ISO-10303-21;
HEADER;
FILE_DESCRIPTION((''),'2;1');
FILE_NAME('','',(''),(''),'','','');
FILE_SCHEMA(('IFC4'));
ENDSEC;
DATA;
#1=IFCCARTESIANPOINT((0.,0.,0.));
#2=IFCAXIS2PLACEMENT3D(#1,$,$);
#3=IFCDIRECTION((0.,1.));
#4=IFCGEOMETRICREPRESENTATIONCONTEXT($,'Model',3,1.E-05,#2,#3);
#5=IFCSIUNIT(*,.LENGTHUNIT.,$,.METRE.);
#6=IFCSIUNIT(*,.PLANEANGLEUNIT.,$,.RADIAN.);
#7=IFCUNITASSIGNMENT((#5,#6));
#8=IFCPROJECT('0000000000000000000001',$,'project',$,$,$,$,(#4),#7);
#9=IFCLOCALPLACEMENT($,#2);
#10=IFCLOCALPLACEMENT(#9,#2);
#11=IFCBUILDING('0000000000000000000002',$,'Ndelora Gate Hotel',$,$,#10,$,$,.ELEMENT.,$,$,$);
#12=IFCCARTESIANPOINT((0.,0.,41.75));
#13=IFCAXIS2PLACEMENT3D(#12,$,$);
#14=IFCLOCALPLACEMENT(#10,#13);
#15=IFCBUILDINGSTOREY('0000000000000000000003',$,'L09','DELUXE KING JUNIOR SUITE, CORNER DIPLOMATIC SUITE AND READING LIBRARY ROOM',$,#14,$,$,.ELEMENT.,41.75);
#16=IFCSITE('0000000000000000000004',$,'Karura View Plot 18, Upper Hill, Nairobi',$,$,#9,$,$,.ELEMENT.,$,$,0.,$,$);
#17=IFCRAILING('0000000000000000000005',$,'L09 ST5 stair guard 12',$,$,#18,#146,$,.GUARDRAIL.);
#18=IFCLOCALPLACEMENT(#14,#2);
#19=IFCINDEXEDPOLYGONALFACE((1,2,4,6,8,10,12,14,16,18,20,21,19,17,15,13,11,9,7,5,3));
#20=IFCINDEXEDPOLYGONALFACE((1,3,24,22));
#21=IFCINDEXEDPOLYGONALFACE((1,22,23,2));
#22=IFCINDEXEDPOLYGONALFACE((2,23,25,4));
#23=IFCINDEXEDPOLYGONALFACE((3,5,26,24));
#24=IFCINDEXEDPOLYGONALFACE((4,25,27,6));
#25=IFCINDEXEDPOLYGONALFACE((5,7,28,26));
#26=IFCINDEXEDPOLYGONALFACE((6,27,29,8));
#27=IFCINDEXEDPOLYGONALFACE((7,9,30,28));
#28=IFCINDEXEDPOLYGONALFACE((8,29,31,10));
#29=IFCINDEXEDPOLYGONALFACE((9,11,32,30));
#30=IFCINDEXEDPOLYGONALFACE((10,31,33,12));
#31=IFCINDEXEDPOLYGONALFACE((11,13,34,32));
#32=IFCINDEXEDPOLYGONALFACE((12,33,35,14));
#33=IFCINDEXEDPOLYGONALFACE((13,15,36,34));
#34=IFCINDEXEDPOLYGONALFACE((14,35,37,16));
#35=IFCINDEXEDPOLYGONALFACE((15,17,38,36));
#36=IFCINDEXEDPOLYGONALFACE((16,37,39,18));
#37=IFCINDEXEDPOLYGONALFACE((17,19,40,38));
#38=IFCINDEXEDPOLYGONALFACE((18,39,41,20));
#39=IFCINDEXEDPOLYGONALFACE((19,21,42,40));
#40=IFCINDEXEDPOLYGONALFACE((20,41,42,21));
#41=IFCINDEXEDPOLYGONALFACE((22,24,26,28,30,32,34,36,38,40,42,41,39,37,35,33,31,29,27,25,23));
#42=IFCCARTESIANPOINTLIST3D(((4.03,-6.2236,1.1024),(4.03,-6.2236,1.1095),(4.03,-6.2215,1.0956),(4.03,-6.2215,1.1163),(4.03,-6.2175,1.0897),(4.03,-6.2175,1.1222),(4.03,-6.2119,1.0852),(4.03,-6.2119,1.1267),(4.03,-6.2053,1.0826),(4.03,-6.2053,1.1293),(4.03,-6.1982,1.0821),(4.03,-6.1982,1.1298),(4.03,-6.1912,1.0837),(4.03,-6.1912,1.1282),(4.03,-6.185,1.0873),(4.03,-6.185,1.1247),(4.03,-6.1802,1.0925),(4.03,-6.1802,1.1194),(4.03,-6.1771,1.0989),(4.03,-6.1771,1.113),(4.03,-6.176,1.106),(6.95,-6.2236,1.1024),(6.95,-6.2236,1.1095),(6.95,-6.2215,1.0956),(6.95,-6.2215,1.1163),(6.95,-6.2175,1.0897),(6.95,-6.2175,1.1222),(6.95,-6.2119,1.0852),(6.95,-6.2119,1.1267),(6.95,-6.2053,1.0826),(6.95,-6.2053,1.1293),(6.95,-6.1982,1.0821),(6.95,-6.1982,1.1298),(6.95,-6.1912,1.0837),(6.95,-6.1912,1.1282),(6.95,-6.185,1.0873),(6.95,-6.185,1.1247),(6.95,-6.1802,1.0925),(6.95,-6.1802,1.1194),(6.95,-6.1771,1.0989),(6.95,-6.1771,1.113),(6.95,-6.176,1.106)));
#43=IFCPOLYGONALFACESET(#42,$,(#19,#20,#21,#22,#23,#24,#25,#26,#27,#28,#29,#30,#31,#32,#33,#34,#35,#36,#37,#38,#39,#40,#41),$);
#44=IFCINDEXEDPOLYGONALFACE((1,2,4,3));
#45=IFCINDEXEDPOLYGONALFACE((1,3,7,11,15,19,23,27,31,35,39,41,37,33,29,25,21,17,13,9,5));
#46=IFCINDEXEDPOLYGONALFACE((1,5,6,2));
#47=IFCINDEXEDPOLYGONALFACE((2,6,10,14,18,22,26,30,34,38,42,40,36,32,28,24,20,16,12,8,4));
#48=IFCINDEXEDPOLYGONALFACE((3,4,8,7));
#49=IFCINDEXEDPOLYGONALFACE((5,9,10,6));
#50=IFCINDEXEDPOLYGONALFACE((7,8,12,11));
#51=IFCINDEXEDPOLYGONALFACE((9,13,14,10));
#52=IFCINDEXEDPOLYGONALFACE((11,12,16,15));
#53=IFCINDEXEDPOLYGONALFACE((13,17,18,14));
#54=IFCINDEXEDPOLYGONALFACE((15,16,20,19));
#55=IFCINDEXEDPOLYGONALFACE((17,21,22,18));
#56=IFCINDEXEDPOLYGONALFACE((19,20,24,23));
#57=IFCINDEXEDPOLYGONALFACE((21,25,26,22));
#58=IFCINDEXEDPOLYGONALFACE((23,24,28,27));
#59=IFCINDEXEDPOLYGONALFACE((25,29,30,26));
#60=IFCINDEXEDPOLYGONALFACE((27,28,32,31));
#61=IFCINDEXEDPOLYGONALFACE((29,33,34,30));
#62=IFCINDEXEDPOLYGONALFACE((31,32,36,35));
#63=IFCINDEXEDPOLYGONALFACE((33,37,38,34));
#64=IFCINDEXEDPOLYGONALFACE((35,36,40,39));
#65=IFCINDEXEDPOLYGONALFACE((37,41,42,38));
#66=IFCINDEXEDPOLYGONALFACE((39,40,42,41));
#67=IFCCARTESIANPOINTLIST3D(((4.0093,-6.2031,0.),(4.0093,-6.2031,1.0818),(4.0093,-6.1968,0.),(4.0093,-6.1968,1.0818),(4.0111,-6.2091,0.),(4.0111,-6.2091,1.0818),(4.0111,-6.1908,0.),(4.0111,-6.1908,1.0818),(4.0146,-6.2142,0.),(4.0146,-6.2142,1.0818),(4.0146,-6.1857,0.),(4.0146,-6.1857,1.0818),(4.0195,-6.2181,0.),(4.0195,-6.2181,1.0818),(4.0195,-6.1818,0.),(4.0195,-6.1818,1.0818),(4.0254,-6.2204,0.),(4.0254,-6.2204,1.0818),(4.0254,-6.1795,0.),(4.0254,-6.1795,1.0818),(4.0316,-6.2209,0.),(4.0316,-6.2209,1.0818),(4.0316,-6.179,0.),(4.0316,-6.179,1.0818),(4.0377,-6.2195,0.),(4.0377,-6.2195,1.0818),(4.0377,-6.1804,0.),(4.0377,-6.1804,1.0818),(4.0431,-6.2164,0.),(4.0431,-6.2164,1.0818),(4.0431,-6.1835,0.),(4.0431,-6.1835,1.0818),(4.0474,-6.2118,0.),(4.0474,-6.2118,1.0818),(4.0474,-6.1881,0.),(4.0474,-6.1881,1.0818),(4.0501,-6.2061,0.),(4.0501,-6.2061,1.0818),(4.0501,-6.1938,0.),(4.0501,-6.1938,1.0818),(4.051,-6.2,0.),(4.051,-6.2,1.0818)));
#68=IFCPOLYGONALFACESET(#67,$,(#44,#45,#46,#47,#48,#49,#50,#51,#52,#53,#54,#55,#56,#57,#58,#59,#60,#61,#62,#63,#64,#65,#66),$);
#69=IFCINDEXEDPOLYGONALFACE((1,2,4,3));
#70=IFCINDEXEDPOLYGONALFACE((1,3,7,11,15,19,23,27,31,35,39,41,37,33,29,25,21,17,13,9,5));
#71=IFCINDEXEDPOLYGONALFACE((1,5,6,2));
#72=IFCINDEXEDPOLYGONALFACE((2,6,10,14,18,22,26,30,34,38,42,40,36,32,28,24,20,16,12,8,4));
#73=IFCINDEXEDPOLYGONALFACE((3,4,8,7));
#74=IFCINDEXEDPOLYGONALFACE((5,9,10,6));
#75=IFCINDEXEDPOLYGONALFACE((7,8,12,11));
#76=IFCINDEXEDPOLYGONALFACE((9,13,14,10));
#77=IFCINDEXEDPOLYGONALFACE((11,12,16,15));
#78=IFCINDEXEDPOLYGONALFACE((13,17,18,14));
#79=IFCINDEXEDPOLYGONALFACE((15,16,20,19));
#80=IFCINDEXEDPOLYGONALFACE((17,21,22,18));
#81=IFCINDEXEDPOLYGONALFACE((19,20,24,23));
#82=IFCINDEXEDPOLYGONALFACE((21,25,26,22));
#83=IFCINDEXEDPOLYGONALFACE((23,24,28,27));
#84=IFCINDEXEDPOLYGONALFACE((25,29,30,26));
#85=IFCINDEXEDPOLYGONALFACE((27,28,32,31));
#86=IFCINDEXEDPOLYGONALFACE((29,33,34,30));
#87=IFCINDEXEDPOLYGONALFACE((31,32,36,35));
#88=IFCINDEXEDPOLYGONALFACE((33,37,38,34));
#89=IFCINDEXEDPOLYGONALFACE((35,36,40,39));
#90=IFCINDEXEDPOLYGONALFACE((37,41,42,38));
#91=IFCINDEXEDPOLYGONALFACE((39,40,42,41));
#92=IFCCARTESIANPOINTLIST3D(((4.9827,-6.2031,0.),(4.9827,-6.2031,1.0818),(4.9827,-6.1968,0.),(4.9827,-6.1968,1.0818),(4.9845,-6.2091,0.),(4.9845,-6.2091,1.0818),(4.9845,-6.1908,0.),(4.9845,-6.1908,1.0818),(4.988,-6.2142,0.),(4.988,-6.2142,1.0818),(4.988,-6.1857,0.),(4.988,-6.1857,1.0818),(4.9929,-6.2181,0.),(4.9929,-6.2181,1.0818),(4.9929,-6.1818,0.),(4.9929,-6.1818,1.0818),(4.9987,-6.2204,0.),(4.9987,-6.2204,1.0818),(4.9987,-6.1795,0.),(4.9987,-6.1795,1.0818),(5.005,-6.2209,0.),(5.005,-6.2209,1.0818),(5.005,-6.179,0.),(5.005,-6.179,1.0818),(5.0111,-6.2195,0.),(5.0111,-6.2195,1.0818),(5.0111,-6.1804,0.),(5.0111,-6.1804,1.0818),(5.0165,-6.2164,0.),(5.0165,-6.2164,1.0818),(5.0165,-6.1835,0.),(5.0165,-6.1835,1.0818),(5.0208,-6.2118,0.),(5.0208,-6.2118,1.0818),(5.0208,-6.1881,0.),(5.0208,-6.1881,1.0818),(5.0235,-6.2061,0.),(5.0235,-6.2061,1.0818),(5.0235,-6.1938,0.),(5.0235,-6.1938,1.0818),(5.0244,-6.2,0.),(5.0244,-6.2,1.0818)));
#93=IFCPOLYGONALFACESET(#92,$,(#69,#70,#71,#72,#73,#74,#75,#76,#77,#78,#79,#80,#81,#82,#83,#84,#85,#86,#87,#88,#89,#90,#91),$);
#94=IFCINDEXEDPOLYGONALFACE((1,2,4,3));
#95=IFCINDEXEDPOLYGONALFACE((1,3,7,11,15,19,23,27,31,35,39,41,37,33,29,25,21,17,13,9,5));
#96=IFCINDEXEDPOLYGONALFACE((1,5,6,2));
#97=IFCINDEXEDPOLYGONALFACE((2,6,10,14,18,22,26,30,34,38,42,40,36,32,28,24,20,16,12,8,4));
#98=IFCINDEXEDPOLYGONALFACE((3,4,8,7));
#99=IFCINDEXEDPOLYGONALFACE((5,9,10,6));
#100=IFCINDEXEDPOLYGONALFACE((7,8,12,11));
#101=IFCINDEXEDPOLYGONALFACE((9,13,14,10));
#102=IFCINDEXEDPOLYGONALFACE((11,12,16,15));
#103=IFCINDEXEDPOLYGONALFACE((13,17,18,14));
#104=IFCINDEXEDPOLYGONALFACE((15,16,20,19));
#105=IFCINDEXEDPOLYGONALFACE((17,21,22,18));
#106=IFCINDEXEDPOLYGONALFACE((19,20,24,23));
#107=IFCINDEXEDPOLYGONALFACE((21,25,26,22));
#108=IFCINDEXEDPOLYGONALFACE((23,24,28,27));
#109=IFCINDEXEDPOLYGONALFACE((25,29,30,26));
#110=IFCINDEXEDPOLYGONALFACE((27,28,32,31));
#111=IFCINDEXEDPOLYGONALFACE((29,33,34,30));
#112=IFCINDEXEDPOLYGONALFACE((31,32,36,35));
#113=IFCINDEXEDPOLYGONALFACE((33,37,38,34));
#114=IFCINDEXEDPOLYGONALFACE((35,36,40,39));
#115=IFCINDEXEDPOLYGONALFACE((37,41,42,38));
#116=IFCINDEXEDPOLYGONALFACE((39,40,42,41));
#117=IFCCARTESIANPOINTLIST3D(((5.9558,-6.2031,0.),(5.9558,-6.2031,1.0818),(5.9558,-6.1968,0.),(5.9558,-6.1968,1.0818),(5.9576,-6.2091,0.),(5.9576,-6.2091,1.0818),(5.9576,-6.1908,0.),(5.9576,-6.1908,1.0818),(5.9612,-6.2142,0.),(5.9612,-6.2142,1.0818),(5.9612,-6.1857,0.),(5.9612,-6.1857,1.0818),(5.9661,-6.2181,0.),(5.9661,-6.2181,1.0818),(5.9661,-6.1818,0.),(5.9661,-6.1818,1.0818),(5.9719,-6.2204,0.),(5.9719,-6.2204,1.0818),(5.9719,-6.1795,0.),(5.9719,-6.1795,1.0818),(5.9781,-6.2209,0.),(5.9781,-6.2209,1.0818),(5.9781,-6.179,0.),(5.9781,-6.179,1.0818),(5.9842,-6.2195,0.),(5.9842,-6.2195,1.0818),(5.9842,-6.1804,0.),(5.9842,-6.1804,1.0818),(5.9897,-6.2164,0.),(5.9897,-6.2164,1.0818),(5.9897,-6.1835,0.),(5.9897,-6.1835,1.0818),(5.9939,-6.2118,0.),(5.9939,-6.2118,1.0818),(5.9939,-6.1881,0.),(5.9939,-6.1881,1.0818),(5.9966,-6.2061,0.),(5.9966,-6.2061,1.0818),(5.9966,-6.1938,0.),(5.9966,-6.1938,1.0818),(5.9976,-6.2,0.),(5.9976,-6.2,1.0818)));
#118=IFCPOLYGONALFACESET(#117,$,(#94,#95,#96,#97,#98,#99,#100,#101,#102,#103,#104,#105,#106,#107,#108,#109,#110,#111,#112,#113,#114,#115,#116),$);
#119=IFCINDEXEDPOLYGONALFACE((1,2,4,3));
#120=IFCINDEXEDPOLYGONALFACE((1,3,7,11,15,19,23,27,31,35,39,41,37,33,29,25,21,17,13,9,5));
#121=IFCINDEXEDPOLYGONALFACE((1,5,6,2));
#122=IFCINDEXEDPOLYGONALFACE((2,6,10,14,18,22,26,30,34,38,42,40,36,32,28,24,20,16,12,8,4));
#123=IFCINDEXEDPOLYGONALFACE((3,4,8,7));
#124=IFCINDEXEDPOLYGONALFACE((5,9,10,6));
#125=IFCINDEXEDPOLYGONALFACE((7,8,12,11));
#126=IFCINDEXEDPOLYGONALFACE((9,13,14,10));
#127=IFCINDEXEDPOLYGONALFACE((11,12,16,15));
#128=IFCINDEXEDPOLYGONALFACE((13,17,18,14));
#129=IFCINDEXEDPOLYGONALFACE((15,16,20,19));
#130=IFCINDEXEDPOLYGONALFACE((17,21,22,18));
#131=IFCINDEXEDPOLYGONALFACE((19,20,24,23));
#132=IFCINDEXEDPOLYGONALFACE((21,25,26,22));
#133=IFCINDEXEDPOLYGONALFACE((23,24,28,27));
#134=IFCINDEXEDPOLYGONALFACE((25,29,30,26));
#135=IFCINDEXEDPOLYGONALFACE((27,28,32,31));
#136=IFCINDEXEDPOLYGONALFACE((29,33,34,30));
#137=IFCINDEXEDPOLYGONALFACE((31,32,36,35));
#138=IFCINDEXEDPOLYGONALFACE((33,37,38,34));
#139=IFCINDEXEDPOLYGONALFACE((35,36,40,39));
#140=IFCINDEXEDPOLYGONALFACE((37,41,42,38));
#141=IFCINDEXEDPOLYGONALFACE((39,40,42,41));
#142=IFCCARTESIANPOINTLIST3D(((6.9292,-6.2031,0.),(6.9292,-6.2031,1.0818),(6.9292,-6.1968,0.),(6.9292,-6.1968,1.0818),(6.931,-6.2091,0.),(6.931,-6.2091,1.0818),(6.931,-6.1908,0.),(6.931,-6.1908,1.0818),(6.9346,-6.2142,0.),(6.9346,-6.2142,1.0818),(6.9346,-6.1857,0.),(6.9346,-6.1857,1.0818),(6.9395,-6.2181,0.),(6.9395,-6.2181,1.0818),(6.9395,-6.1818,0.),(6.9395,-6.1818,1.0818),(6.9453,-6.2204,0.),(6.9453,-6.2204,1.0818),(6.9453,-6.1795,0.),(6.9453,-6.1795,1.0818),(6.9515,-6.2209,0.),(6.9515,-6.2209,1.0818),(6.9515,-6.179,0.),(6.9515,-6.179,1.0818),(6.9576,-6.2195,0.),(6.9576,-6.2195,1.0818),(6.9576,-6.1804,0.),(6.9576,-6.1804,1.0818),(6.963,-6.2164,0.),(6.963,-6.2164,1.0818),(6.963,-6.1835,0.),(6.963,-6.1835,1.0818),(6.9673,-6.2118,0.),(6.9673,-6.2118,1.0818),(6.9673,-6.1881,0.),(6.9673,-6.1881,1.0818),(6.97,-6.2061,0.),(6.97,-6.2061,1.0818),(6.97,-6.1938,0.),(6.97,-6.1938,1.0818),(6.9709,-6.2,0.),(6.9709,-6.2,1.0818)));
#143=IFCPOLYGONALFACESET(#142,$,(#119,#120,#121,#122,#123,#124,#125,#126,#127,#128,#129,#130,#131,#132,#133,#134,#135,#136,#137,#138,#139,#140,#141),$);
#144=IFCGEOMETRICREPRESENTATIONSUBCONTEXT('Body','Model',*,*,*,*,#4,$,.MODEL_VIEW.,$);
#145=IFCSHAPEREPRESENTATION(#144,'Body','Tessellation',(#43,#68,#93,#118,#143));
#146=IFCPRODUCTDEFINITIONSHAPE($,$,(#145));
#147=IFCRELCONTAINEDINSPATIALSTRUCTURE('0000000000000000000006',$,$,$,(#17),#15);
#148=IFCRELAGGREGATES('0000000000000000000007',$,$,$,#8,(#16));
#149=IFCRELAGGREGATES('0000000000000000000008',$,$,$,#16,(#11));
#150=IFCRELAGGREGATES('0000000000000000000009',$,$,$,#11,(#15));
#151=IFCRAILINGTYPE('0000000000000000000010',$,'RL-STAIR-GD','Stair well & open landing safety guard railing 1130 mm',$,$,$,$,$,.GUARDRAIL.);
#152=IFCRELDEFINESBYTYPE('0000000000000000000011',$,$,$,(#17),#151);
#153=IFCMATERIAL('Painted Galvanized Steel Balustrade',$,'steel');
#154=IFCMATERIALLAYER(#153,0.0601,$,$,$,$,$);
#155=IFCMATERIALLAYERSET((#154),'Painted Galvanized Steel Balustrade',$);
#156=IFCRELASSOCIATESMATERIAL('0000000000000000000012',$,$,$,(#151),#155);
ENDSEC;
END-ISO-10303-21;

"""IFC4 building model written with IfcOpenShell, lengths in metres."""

from ifc_helpers import new_model, si_unit, direction, frame, origin, origin_2d, place, context, subcontext, project, spatial, circle, extrude, material, layer, layer_set, type_object, element, save


model = new_model("IFC4")

# Units and contexts
model_context = context("Model", 3, precision=1e-05, world=origin(), true_north=direction((0.0, 1.0)))
body_context = subcontext(model_context, "Body", "Model", "MODEL_VIEW")
ifc_project = project(units=[si_unit("LENGTHUNIT", "METRE"), si_unit("PLANEANGLEUNIT", "RADIAN")], contexts=[model_context])

# Site, building, storey
site_placement = place(None, origin())
site = spatial("IfcSite", under=ifc_project, at=site_placement, Name="Karura View Plot 18, Upper Hill, Nairobi", CompositionType="ELEMENT", RefElevation=0.0)
building_placement = place(site_placement, origin())
building = spatial("IfcBuilding", under=site, at=building_placement, Name="Ndelora Gate Hotel", CompositionType="ELEMENT")
storey_placement = place(building_placement, frame((0.0, 0.0, 41.75)))
storey = spatial("IfcBuildingStorey", under=building, at=storey_placement, Name="L09", Description="DELUXE KING JUNIOR SUITE, CORNER DIPLOMATIC SUITE AND READING LIBRARY ROOM", CompositionType="ELEMENT", Elevation=41.75)

# Railing
ifc_material_1 = material(Name="Painted Galvanized Steel Balustrade", Category="steel")
ifc_layer_1 = layer(ifc_material_1, 0.0601)
ifc_layer_set_1 = layer_set([ifc_layer_1], Name="Painted Galvanized Steel Balustrade")
railing_type = type_object("IfcRailingType", Name="RL-STAIR-GD", Description="Stair well & open landing safety guard railing 1130 mm", PredefinedType="GUARDRAIL", material=ifc_layer_set_1)
railing_1_placement = place(storey_placement, frame((4.03, -6.2, 0.0)))
element("IfcRailing", 1, at=railing_1_placement, inside=storey, type_object=railing_type, Name="L09 ST5 stair guard 12", PredefinedType="GUARDRAIL", context=body_context, shape_type="SweptSolid", body=[
    extrude(circle(Radius=0.0239, at=origin_2d()), frame((0.0, 0.0, 1.106), z_axis=(1.0, 0.0, 0.0), x_axis=(0.0, 1.0, 0.0)), (0.0, 0.0, 1.0), 2.9199),
    extrude(circle(Radius=0.021, at=origin_2d()), origin(), (0.0, 0.0, 1.0), 1.0818),
    extrude(circle(Radius=0.021, at=origin_2d()), frame((0.9734, 0.0, 0.0)), (0.0, 0.0, 1.0), 1.0818),
    extrude(circle(Radius=0.021, at=origin_2d()), frame((1.9465, 0.0, 0.0)), (0.0, 0.0, 1.0), 1.0818),
    extrude(circle(Radius=0.021, at=origin_2d()), frame((2.9199, 0.0, 0.0)), (0.0, 0.0, 1.0), 1.0818),
])

save(model, "model.ifc")
